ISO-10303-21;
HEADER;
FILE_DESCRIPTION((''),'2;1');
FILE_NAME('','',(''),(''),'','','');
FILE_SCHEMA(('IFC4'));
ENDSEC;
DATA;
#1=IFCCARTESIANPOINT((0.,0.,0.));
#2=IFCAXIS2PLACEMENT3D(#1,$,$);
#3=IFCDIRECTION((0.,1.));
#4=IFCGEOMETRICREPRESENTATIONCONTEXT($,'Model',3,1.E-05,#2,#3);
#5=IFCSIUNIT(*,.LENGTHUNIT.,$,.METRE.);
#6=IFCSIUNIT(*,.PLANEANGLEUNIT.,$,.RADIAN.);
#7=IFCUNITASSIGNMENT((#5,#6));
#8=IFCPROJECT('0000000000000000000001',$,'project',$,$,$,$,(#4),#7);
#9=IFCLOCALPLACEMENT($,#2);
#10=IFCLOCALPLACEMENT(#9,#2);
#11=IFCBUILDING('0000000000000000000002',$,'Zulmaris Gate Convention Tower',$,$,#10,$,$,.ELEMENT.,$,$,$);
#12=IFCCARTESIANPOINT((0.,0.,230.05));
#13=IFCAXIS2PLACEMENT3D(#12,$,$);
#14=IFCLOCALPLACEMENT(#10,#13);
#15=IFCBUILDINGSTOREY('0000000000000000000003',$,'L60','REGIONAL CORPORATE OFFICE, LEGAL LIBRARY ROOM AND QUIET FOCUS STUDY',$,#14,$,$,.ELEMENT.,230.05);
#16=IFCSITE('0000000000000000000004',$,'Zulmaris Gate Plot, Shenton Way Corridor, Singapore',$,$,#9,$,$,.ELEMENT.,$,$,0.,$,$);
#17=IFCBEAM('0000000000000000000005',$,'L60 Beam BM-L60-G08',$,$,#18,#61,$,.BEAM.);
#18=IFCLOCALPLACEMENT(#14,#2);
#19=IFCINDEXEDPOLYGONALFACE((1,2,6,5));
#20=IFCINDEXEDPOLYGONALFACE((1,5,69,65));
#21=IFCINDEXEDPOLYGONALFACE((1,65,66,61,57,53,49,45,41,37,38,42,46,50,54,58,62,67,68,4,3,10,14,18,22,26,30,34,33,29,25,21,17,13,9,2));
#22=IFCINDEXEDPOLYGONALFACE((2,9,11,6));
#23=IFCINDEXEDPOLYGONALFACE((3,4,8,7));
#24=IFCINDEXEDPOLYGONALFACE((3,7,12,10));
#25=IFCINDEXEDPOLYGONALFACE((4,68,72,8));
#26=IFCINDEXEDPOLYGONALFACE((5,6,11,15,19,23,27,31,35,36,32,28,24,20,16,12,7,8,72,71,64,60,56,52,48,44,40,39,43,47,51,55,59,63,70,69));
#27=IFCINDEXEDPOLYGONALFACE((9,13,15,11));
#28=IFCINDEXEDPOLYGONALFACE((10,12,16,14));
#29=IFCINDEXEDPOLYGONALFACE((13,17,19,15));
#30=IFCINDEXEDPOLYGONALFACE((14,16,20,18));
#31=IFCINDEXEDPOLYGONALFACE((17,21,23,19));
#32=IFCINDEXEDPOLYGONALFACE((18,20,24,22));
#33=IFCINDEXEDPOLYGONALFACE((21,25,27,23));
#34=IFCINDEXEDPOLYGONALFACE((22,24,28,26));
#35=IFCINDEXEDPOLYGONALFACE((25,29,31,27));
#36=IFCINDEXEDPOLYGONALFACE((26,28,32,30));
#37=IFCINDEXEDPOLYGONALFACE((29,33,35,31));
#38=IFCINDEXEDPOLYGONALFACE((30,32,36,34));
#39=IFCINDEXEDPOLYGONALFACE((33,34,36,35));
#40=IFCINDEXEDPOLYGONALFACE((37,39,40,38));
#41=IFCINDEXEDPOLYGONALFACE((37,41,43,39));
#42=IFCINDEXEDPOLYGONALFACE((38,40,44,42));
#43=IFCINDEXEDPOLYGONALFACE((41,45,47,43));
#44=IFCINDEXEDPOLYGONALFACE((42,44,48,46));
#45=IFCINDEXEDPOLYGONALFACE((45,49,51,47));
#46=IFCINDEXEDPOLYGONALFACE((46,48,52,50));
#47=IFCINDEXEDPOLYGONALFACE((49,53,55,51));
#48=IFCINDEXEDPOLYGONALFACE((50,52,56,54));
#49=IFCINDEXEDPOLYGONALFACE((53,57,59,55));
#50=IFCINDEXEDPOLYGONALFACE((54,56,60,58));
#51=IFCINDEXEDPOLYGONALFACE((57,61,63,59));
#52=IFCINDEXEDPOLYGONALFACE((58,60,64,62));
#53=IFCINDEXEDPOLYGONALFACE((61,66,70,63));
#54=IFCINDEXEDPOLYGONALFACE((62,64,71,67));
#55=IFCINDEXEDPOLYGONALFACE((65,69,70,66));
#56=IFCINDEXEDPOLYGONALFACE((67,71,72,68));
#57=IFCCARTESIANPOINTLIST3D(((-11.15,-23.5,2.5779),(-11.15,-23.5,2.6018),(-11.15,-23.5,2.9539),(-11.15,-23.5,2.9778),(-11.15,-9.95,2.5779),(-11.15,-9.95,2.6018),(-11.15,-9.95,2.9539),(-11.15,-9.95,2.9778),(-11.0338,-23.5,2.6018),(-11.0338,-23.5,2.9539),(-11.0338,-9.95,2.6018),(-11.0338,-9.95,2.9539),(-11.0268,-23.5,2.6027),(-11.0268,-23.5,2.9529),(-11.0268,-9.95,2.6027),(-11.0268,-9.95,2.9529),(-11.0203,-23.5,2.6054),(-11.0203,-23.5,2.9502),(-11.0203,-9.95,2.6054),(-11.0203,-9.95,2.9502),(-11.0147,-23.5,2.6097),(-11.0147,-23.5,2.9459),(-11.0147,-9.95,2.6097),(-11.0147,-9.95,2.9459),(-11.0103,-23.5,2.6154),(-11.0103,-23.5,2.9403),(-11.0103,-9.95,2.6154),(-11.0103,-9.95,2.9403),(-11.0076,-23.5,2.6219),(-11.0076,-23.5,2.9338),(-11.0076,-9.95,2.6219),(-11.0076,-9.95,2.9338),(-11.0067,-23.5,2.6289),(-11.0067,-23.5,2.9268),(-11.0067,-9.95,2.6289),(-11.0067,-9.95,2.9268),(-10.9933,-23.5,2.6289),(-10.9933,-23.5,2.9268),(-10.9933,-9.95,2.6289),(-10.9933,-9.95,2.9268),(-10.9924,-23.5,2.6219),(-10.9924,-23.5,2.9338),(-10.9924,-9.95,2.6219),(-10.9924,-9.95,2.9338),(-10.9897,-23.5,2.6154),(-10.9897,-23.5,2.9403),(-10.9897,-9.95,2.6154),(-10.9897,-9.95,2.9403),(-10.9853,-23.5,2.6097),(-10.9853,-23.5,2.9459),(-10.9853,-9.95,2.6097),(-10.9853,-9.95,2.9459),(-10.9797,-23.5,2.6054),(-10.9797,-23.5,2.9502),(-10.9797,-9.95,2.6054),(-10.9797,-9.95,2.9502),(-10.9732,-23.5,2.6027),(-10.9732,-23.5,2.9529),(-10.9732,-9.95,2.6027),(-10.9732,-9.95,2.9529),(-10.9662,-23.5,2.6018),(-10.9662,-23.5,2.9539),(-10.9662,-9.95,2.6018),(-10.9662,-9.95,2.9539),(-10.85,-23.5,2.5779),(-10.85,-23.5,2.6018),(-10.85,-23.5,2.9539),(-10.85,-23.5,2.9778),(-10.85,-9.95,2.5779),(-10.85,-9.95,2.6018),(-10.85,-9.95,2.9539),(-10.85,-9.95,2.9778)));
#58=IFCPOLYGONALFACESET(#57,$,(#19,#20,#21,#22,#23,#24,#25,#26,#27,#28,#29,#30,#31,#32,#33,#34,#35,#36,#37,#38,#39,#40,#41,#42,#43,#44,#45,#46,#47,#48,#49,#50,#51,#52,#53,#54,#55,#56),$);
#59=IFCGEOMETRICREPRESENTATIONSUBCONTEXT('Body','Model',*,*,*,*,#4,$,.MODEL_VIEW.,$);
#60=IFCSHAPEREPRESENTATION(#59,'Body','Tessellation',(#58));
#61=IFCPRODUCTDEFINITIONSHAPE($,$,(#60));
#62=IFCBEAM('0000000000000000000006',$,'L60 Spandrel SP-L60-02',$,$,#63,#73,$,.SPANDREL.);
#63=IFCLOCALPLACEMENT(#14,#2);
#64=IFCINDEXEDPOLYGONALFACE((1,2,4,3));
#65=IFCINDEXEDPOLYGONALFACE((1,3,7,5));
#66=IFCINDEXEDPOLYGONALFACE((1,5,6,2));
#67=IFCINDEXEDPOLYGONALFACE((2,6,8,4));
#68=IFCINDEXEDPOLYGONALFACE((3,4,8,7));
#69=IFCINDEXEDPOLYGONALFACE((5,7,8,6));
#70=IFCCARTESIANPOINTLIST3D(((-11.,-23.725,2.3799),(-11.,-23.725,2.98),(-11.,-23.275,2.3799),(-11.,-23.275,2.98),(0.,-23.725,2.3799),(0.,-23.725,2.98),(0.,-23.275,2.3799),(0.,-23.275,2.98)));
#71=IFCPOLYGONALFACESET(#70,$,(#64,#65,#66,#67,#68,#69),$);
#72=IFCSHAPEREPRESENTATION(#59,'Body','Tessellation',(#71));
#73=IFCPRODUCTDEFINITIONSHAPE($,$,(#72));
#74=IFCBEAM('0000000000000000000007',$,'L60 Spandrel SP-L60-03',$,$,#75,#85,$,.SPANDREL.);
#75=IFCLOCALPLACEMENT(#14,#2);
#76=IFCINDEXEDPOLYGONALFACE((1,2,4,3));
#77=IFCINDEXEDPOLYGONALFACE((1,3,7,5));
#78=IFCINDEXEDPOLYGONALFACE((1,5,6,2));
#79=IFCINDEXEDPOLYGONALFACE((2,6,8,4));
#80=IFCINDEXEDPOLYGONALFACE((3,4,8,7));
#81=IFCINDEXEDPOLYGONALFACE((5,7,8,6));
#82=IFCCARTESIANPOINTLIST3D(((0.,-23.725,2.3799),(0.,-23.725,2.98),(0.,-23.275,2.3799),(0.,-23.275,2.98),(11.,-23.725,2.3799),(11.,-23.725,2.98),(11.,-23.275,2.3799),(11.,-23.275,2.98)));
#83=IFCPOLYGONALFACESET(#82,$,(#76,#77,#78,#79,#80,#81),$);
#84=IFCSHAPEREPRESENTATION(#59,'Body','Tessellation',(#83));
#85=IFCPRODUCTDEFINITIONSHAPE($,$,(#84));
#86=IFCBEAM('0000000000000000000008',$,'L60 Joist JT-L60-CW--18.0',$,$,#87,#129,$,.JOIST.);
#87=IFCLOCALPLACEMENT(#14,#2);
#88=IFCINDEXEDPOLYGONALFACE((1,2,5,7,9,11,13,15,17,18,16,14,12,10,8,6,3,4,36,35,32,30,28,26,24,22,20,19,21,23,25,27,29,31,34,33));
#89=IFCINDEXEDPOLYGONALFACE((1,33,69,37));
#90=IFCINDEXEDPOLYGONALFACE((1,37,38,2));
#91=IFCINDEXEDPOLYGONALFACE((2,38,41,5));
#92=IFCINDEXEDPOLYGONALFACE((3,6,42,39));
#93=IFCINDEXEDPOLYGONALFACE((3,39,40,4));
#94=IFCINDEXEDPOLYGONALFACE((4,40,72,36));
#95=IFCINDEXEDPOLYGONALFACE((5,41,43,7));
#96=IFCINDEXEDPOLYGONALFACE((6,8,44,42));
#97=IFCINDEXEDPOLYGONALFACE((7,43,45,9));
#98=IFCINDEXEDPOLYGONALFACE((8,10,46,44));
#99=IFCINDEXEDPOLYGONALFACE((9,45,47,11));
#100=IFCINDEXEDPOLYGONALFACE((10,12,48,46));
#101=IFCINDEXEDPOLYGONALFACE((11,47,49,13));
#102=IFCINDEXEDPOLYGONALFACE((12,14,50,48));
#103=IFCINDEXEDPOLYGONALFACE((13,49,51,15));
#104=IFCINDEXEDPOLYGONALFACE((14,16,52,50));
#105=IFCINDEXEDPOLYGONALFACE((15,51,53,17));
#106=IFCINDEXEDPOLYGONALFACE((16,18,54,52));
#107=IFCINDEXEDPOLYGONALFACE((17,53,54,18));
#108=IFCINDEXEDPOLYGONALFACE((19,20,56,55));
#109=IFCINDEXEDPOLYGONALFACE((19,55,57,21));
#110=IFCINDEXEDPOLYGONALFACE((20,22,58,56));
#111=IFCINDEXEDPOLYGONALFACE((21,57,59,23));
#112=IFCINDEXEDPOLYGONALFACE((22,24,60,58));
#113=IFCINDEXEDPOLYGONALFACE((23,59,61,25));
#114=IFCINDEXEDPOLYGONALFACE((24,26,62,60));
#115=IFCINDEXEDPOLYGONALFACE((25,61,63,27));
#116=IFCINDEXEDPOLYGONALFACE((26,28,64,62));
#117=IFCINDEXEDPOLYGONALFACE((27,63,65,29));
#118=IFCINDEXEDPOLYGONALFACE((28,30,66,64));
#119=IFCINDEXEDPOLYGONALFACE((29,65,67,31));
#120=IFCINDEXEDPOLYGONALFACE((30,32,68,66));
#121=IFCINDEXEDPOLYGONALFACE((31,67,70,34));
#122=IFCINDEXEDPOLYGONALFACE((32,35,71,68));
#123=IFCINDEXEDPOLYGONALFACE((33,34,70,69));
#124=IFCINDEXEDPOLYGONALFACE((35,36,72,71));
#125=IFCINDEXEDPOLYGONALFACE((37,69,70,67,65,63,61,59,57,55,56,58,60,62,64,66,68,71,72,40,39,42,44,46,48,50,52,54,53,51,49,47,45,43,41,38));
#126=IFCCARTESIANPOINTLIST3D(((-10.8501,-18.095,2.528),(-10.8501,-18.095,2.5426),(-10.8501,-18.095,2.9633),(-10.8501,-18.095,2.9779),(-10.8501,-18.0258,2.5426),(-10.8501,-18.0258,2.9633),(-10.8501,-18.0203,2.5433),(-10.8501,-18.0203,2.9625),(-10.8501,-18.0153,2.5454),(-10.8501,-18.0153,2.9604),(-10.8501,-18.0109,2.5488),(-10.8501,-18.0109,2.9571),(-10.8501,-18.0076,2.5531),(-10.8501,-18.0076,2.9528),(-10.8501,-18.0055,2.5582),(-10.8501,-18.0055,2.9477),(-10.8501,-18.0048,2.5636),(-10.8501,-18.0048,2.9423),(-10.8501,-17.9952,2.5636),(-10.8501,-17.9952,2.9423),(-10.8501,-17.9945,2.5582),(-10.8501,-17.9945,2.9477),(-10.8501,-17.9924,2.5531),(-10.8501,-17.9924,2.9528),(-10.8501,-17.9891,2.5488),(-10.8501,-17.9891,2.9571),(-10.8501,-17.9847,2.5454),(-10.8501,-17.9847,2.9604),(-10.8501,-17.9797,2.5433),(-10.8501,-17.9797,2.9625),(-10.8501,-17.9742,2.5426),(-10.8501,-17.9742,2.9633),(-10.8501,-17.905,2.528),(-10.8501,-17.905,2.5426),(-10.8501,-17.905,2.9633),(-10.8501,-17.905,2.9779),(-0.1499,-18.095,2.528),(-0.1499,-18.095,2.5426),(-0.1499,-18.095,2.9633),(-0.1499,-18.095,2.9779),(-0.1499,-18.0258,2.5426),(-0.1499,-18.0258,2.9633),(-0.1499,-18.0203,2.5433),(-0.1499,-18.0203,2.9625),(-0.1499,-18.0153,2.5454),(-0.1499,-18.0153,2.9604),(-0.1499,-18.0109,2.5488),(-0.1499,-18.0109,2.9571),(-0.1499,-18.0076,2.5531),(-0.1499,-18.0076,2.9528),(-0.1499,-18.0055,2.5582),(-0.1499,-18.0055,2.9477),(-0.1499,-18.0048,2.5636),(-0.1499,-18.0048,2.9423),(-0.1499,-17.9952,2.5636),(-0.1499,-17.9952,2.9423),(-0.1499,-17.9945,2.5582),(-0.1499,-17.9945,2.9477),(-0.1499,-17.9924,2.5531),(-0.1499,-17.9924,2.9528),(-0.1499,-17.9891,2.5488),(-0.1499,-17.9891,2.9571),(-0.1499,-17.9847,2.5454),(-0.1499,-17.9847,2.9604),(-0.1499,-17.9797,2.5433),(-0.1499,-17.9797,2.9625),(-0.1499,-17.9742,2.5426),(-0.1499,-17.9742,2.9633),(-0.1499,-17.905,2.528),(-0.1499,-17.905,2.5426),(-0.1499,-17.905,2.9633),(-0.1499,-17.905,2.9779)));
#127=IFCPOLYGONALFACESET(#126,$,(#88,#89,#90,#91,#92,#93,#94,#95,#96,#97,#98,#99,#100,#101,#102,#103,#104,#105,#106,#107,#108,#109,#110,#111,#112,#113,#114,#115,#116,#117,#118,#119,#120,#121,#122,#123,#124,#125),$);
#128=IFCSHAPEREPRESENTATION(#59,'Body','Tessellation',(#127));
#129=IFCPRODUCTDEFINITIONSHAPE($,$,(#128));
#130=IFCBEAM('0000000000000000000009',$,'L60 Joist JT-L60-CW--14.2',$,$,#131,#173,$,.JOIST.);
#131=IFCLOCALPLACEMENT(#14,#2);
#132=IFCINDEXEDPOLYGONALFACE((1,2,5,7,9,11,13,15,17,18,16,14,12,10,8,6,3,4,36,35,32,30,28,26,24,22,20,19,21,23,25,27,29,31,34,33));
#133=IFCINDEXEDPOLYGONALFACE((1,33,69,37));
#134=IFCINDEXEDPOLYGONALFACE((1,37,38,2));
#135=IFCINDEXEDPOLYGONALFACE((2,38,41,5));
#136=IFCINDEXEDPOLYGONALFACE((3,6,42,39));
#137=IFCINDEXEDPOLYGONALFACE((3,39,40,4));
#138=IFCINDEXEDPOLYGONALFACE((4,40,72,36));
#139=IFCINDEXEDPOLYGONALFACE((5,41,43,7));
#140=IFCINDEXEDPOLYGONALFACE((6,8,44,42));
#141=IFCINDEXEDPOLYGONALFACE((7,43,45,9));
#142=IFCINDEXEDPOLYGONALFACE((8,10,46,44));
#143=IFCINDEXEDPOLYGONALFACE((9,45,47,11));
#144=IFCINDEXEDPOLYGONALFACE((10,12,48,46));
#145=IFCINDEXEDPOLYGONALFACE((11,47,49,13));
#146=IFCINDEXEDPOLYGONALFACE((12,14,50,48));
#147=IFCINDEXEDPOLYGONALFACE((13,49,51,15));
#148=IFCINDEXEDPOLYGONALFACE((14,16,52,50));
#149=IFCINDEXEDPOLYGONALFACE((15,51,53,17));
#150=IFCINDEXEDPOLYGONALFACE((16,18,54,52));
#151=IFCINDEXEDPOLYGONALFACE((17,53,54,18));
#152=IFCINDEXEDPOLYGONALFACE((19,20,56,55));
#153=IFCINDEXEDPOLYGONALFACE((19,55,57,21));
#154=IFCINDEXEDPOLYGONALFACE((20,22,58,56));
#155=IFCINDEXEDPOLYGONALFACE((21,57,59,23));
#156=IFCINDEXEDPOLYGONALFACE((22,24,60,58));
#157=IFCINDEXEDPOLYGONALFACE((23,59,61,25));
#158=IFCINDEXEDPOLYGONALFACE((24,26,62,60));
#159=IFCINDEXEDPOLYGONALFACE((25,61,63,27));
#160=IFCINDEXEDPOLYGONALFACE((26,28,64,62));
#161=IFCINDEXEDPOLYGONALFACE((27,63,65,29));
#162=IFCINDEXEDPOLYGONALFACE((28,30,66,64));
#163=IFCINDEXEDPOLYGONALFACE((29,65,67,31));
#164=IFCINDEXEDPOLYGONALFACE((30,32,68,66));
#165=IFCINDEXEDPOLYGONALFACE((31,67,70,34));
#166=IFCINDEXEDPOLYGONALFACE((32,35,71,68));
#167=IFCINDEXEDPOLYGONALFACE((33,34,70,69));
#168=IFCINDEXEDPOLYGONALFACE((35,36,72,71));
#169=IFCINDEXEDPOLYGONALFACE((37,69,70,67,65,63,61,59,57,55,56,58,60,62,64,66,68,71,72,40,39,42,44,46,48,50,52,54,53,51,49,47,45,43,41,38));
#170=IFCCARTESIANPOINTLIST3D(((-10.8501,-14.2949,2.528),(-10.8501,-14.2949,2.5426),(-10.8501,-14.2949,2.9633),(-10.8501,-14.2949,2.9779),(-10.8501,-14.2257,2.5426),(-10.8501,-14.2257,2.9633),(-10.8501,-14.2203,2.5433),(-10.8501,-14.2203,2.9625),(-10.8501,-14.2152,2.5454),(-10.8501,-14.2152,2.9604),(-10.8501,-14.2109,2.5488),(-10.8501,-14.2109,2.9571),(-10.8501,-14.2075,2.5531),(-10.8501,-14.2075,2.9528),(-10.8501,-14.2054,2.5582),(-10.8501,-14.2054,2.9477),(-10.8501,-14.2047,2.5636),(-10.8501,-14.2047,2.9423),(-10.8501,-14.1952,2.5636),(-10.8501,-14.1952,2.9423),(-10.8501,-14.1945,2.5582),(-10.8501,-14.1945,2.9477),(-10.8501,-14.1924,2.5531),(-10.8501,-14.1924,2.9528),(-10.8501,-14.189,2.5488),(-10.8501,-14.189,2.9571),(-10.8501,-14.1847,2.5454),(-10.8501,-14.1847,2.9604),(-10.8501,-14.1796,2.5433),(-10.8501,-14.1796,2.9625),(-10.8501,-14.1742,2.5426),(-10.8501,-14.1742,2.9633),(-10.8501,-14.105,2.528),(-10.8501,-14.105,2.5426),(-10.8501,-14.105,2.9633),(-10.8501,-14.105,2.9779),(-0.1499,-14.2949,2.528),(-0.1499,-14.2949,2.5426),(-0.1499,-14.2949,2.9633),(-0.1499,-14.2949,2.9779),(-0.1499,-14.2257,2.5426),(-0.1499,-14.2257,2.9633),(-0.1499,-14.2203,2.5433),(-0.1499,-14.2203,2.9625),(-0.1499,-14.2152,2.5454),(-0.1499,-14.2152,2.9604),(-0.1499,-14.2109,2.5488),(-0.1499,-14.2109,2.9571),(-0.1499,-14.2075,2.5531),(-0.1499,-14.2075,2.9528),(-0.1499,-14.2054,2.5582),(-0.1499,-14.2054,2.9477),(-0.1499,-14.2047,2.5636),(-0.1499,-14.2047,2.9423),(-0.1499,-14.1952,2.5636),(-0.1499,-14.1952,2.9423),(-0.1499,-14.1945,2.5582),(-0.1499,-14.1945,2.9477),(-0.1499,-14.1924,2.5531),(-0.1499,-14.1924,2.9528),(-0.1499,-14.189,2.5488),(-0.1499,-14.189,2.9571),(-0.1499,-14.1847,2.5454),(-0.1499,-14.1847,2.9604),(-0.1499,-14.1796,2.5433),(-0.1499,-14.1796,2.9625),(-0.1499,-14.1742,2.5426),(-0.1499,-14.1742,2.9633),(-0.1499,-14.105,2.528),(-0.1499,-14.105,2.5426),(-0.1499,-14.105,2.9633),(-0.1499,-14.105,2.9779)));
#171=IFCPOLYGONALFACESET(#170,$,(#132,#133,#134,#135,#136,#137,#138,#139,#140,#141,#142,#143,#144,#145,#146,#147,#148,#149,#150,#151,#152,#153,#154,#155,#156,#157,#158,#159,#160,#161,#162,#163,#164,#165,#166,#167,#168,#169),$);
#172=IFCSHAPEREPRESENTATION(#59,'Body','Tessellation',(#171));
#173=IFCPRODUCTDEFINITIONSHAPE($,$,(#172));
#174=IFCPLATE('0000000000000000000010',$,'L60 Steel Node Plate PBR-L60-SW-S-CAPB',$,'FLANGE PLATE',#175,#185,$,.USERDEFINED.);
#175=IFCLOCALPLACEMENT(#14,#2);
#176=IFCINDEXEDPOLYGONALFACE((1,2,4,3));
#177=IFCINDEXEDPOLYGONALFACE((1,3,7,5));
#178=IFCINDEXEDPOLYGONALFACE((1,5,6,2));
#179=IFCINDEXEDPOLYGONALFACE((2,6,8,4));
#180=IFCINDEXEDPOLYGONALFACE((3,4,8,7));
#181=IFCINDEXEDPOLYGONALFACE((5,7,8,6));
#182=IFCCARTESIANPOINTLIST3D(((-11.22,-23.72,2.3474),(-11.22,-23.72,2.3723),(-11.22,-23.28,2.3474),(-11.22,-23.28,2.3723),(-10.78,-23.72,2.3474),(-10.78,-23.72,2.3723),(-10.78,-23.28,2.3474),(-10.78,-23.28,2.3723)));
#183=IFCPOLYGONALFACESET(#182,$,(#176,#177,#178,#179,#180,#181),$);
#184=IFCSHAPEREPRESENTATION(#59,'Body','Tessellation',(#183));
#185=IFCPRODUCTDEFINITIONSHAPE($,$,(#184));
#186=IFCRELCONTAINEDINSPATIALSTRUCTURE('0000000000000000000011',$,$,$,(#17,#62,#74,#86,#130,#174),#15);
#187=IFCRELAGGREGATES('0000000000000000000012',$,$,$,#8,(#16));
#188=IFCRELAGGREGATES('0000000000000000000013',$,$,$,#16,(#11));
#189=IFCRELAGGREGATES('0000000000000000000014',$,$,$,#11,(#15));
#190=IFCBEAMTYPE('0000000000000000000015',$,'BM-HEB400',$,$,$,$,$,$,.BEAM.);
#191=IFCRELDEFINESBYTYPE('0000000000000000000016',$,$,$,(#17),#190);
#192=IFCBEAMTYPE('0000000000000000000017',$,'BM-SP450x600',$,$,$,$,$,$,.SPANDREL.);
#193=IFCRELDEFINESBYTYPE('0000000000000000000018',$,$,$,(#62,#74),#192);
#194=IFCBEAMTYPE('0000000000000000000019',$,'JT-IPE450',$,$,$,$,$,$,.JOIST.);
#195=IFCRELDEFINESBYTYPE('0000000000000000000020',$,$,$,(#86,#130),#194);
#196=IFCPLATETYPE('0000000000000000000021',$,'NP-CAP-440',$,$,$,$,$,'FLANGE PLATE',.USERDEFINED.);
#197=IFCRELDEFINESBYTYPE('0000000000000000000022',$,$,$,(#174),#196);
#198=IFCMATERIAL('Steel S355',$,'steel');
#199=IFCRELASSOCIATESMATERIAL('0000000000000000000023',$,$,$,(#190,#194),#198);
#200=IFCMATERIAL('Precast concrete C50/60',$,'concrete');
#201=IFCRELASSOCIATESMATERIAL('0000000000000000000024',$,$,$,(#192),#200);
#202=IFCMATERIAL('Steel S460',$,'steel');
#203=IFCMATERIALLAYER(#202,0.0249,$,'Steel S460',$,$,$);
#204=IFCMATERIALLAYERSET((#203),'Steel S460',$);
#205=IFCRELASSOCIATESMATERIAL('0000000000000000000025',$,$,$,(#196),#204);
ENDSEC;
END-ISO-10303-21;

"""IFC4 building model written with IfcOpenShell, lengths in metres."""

from ifc_helpers import new_model, si_unit, direction, frame, origin, origin_2d, place, context, subcontext, project, spatial, rectangle, i_section, extrude, material, layer, layer_set, material_profile, profile_set, type_object, element, save


model = new_model("IFC4")

# Units and contexts
model_context = context("Model", 3, precision=1e-05, world=origin(), true_north=direction((0.0, 1.0)))
body_context = subcontext(model_context, "Body", "Model", "MODEL_VIEW")
ifc_project = project(units=[si_unit("LENGTHUNIT", "METRE"), si_unit("PLANEANGLEUNIT", "RADIAN")], contexts=[model_context])

# Site, building, storey
site_placement = place(None, origin())
site = spatial("IfcSite", under=ifc_project, at=site_placement, Name="Zulmaris Gate Plot, Shenton Way Corridor, Singapore", CompositionType="ELEMENT", RefElevation=0.0)
building_placement = place(site_placement, origin())
building = spatial("IfcBuilding", under=site, at=building_placement, Name="Zulmaris Gate Convention Tower", CompositionType="ELEMENT")
storey_placement = place(building_placement, frame((0.0, 0.0, 230.05)))
storey = spatial("IfcBuildingStorey", under=building, at=storey_placement, Name="L60", Description="REGIONAL CORPORATE OFFICE, LEGAL LIBRARY ROOM AND QUIET FOCUS STUDY", CompositionType="ELEMENT", Elevation=230.05)

# Beams
ifc_material_1 = material(Name="Steel S355", Category="steel")
ifc_material_profile_1 = material_profile(ifc_material_1, i_section(OverallWidth=0.3, OverallDepth=0.3999, WebThickness=0.0134, FlangeThickness=0.0239, FilletRadius=0.0271, at=origin_2d()), Name="HEB 400")
ifc_profile_set_1 = profile_set([ifc_material_profile_1], Name="Steel S355")
beam_type_1 = type_object("IfcBeamType", Name="BM-HEB400", PredefinedType="BEAM", material=ifc_profile_set_1)
beam_1_placement = place(storey_placement, frame((-11.0, -23.5, 2.7778), z_axis=(0.0, 1.0, 0.0), x_axis=(-1.0, 0.0, 0.0)))
element("IfcBeam", 1, at=beam_1_placement, inside=storey, type_object=beam_type_1, Name="L60 Beam BM-L60-G08", PredefinedType="BEAM", context=body_context, shape_type="SweptSolid", body=[
    extrude(i_section(OverallWidth=0.3, OverallDepth=0.3999, WebThickness=0.0134, FlangeThickness=0.0239, FilletRadius=0.0271, at=origin_2d()), origin(), (0.0, 0.0, 1.0), 13.55),
])
ifc_material_2 = material(Name="Precast concrete C50/60", Category="concrete")
ifc_material_profile_2 = material_profile(ifc_material_2, rectangle(XDim=0.45, YDim=0.6001, at=origin_2d()), Name="RC SPANDREL 450x600")
ifc_profile_set_2 = profile_set([ifc_material_profile_2], Name="Precast concrete C50/60")
beam_type_2 = type_object("IfcBeamType", Name="BM-SP450x600", PredefinedType="SPANDREL", material=ifc_profile_set_2)
for number, where, z_axis, x_axis, name in (
    (2, (-11.0, -23.5, 2.6799), (1.0, 0.0, 0.0), (0.0, 1.0, 0.0), "L60 Spandrel SP-L60-02"),
    (3, (0.0, -23.5, 2.6799), (1.0, 0.0, 0.0), (0.0, 1.0, 0.0), "L60 Spandrel SP-L60-03"),
):
    element("IfcBeam", number, at=place(storey_placement, frame(where, z_axis=z_axis, x_axis=x_axis)), inside=storey, type_object=beam_type_2, Name=name, PredefinedType="SPANDREL", context=body_context, shape_type="SweptSolid", body=[
        extrude(rectangle(XDim=0.45, YDim=0.6001, at=origin_2d()), origin(), (0.0, 0.0, 1.0), 11.0),
    ])
ifc_material_profile_3 = material_profile(ifc_material_1, i_section(OverallWidth=0.1899, OverallDepth=0.45, WebThickness=0.0095, FlangeThickness=0.0146, FilletRadius=0.021, at=origin_2d()), Name="IPE 450")
ifc_profile_set_3 = profile_set([ifc_material_profile_3], Name="Steel S355")
beam_type_3 = type_object("IfcBeamType", Name="JT-IPE450", PredefinedType="JOIST", material=ifc_profile_set_3)
for number, where, z_axis, x_axis, name in (
    (4, (-10.8501, -18.0, 2.7529), (1.0, 0.0, 0.0), (0.0, 1.0, 0.0), "L60 Joist JT-L60-CW--18.0"),
    (5, (-10.8501, -14.2, 2.7529), (1.0, 0.0, 0.0), (0.0, 1.0, 0.0), "L60 Joist JT-L60-CW--14.2"),
):
    element("IfcBeam", number, at=place(storey_placement, frame(where, z_axis=z_axis, x_axis=x_axis)), inside=storey, type_object=beam_type_3, Name=name, PredefinedType="JOIST", context=body_context, shape_type="SweptSolid", body=[
        extrude(i_section(OverallWidth=0.1899, OverallDepth=0.45, WebThickness=0.0095, FlangeThickness=0.0146, FilletRadius=0.021, at=origin_2d()), origin(), (0.0, 0.0, 1.0), 10.7002),
    ])

# Plate
ifc_material_3 = material(Name="Steel S460", Category="steel")
ifc_layer_1 = layer(ifc_material_3, 0.0249, Name="Steel S460")
ifc_layer_set_1 = layer_set([ifc_layer_1], Name="Steel S460")
plate_type = type_object("IfcPlateType", Name="NP-CAP-440", ElementType="FLANGE PLATE", PredefinedType="USERDEFINED", material=ifc_layer_set_1)
plate_placement = place(storey_placement, frame((-11.0, -23.5, 2.3474), z_axis=(0.0, 0.0, 1.0), x_axis=(1.0, 0.0, 0.0)))
element("IfcPlate", 6, at=plate_placement, inside=storey, type_object=plate_type, Name="L60 Steel Node Plate PBR-L60-SW-S-CAPB", ObjectType="FLANGE PLATE", PredefinedType="USERDEFINED", context=body_context, shape_type="SweptSolid", body=[
    extrude(rectangle(XDim=0.4399, YDim=0.4399, at=origin_2d()), origin(), (0.0, 0.0, 1.0), 0.0249),
])

save(model, "model.ifc")
